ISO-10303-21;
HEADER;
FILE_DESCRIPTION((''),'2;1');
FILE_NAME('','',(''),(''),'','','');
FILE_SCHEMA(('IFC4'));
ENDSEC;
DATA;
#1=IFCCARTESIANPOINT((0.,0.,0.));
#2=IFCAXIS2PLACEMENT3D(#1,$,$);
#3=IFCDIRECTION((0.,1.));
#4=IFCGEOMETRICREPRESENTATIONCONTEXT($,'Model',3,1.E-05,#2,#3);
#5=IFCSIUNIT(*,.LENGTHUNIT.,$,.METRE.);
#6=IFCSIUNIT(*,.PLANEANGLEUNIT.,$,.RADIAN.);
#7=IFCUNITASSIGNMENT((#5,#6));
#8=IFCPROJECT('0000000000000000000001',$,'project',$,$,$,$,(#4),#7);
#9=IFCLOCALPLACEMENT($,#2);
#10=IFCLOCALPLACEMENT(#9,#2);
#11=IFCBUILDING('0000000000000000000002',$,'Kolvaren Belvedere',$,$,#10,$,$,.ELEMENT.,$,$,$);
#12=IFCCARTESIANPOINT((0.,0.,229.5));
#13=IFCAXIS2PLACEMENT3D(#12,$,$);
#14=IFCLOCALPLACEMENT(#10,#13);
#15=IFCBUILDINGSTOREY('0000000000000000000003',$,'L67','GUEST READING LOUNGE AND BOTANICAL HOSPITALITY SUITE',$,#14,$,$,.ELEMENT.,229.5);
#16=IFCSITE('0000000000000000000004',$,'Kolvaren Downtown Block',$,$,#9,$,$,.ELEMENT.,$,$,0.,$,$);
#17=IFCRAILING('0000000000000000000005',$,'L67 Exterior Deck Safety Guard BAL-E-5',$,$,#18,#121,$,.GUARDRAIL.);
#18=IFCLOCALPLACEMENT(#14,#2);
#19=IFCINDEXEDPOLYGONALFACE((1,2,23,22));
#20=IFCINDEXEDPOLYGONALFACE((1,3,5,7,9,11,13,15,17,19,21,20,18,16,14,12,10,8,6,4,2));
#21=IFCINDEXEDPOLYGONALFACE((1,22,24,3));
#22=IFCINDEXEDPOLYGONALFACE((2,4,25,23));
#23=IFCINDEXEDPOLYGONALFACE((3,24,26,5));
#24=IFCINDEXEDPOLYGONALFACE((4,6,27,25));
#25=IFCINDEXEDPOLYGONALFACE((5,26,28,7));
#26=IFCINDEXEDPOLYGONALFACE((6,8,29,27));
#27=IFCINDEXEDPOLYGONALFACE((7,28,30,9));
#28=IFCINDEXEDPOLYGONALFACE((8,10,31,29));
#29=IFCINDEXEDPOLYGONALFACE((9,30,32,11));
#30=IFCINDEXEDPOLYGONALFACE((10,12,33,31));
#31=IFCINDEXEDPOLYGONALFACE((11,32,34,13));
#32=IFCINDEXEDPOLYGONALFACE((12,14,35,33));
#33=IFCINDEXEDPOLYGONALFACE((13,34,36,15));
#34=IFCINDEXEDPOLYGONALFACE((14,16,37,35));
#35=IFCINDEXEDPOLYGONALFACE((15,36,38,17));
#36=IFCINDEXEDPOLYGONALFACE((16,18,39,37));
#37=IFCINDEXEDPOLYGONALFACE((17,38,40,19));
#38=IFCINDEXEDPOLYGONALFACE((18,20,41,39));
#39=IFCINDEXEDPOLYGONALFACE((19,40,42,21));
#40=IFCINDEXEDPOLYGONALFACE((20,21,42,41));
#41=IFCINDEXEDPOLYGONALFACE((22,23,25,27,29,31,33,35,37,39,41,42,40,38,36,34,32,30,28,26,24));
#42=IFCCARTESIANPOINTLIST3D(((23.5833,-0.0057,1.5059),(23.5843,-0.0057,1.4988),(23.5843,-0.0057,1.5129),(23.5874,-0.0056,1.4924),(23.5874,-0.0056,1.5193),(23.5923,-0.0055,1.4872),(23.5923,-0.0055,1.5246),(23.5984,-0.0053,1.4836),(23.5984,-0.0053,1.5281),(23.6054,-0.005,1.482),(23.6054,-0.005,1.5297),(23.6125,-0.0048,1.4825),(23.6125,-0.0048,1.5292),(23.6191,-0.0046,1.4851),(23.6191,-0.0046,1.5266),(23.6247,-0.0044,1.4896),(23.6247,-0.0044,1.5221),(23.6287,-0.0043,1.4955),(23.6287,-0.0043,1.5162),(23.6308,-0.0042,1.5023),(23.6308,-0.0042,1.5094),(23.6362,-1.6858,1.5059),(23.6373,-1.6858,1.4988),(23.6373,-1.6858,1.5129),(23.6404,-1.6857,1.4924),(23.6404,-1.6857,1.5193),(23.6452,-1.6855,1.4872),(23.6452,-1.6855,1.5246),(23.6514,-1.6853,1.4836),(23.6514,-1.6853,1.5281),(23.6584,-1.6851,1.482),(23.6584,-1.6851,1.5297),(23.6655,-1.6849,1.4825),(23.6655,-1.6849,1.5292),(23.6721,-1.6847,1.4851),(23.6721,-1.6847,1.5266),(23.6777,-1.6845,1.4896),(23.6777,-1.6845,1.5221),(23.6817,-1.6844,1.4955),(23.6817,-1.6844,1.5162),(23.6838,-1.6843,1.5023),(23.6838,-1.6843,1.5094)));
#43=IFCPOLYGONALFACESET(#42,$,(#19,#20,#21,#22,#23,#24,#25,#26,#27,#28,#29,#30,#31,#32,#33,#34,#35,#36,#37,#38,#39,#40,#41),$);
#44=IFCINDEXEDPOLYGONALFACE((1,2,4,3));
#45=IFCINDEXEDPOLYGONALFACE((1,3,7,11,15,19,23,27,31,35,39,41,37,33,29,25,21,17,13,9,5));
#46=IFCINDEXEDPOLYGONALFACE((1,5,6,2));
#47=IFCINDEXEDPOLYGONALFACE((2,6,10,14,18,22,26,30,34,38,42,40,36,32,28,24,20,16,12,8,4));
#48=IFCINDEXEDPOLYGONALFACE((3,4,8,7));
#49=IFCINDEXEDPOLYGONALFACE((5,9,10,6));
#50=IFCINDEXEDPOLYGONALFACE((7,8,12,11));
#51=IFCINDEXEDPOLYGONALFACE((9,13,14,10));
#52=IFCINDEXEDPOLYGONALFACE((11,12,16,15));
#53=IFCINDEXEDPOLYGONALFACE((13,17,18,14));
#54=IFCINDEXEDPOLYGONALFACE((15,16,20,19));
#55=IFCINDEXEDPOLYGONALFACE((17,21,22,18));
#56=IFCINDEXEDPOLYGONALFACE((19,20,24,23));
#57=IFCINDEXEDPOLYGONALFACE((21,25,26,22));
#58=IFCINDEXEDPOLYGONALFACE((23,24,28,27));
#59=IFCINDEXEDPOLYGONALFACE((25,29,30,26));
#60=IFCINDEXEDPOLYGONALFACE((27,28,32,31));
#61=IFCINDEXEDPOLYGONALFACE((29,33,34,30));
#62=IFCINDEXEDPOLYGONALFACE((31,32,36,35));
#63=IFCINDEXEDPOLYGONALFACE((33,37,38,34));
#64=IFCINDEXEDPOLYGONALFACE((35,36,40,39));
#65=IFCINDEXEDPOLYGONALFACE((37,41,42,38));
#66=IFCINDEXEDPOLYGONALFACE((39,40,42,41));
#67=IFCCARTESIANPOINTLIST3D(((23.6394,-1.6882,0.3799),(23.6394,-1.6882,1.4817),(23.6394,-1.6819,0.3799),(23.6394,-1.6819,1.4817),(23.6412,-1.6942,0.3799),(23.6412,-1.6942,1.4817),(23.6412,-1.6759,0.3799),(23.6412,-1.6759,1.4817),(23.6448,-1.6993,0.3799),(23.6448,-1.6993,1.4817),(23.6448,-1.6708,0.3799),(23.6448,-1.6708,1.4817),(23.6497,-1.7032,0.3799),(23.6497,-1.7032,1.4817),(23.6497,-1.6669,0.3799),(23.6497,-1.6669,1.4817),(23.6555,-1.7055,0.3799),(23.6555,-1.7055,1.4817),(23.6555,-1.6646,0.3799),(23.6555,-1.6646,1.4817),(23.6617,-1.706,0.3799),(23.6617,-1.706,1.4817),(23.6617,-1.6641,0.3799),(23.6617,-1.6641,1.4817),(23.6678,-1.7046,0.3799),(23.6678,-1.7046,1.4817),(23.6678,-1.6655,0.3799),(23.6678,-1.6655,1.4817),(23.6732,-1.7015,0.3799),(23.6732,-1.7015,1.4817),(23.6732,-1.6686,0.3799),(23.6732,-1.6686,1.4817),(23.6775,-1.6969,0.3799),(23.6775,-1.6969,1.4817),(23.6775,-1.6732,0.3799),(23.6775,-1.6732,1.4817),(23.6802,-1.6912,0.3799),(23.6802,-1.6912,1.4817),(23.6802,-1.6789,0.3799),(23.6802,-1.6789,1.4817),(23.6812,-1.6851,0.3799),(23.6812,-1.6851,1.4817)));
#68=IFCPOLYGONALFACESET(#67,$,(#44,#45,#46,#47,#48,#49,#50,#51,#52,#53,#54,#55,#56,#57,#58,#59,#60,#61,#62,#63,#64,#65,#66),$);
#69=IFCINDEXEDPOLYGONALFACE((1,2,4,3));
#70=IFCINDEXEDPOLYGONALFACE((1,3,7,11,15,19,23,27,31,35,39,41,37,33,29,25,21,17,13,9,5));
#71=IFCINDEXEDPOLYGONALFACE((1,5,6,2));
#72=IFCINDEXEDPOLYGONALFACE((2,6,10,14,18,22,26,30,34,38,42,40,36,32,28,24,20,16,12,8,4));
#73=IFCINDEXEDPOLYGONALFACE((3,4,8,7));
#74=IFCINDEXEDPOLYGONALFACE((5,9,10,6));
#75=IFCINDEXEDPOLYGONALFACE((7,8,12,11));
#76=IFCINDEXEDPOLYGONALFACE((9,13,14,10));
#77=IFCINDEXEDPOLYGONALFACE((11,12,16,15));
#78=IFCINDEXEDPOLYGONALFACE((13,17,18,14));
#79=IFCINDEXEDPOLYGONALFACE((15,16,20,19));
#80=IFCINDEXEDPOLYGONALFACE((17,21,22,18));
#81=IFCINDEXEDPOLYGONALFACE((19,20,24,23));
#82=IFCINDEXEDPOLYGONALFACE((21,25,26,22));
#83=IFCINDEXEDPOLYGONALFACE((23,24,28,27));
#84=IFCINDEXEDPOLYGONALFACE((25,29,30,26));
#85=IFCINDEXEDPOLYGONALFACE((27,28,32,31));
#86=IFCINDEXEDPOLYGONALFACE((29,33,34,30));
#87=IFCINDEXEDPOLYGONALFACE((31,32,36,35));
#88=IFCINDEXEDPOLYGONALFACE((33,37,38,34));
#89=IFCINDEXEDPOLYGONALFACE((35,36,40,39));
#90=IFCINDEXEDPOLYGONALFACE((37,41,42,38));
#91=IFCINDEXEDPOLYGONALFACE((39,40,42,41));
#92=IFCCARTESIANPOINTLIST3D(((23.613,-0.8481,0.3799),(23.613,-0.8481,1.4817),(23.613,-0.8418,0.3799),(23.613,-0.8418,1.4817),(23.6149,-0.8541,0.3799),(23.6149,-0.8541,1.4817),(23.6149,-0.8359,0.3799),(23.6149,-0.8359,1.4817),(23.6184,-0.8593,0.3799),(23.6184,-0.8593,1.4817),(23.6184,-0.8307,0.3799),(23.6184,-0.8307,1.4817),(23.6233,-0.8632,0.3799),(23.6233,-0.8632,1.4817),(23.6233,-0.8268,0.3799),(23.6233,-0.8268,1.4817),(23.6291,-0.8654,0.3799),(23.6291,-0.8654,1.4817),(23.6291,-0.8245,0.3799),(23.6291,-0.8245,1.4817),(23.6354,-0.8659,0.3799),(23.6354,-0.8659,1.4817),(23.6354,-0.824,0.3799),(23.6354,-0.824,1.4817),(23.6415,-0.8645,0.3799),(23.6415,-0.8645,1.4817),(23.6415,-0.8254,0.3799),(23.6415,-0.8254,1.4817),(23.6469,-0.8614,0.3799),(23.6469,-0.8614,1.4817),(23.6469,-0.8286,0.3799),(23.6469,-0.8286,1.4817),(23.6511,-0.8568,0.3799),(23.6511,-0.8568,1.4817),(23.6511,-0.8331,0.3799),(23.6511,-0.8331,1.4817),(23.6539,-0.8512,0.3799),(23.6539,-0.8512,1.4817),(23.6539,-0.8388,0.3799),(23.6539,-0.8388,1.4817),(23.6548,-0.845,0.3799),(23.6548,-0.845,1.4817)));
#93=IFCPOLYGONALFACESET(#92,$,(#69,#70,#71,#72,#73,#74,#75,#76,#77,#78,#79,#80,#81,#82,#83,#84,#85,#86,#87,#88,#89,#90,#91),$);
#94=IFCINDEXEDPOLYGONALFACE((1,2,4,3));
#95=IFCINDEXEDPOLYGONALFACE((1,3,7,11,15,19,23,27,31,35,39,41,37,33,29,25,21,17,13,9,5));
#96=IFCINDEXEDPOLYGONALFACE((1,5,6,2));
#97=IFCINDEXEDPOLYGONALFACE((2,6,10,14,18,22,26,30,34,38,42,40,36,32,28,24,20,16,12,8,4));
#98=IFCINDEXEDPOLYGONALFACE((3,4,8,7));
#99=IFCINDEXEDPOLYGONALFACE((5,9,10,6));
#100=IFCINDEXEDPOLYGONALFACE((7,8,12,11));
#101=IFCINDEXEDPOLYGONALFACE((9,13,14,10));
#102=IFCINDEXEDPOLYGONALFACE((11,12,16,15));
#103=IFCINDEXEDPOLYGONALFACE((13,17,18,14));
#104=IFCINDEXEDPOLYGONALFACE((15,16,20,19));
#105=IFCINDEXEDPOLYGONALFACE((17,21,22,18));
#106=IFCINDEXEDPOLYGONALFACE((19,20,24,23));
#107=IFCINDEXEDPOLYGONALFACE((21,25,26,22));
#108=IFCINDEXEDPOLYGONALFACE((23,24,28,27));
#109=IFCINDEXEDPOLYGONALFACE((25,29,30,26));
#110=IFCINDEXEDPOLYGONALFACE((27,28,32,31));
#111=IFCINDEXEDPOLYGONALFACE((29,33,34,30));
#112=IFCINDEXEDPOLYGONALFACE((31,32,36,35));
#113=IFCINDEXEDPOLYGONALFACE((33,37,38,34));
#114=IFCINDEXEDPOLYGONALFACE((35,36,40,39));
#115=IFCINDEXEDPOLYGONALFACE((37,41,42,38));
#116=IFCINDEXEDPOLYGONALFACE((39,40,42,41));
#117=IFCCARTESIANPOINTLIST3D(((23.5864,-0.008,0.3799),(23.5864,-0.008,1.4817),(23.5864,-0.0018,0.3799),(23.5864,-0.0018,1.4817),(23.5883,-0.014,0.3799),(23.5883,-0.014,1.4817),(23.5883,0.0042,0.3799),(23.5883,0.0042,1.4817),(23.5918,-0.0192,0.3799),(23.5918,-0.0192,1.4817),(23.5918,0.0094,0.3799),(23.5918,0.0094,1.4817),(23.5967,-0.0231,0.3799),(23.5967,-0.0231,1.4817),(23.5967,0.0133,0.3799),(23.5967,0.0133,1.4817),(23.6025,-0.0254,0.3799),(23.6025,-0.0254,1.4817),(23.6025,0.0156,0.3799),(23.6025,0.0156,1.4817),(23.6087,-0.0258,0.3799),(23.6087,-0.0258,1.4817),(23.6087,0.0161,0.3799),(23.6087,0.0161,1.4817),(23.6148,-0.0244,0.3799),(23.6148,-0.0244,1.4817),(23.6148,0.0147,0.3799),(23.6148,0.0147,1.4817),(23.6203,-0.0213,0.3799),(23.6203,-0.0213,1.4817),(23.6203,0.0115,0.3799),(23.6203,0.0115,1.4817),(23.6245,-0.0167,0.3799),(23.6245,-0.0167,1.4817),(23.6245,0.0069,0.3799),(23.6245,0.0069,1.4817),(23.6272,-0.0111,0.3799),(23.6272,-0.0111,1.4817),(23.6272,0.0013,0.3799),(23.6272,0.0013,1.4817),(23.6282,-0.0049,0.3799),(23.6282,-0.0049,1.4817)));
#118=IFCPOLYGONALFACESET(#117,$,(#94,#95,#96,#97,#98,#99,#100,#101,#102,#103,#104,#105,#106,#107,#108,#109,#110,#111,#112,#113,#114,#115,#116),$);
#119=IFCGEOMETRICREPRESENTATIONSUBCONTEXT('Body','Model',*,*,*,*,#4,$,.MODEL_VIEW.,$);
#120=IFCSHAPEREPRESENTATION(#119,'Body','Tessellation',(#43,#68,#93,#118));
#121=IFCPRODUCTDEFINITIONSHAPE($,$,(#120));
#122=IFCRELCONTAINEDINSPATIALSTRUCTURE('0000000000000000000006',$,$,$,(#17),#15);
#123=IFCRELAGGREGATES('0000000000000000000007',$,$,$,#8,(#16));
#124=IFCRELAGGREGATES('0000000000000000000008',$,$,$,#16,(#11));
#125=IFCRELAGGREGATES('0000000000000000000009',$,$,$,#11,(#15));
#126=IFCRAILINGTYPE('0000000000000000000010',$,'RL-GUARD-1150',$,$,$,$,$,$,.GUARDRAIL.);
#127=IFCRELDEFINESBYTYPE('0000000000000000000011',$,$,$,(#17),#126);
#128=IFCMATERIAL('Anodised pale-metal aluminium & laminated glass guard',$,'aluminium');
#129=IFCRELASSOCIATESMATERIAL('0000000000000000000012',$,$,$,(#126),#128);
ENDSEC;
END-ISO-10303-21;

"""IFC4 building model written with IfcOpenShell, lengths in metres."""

from ifc_helpers import new_model, si_unit, direction, frame, origin, origin_2d, place, context, subcontext, project, spatial, circle, extrude, material, type_object, element, save


model = new_model("IFC4")

# Units and contexts
model_context = context("Model", 3, precision=1e-05, world=origin(), true_north=direction((0.0, 1.0)))
body_context = subcontext(model_context, "Body", "Model", "MODEL_VIEW")
ifc_project = project(units=[si_unit("LENGTHUNIT", "METRE"), si_unit("PLANEANGLEUNIT", "RADIAN")], contexts=[model_context])

# Site, building, storey
site_placement = place(None, origin())
site = spatial("IfcSite", under=ifc_project, at=site_placement, Name="Kolvaren Downtown Block", CompositionType="ELEMENT", RefElevation=0.0)
building_placement = place(site_placement, origin())
building = spatial("IfcBuilding", under=site, at=building_placement, Name="Kolvaren Belvedere", CompositionType="ELEMENT")
storey_placement = place(building_placement, frame((0.0, 0.0, 229.5)))
storey = spatial("IfcBuildingStorey", under=building, at=storey_placement, Name="L67", Description="GUEST READING LOUNGE AND BOTANICAL HOSPITALITY SUITE", CompositionType="ELEMENT", Elevation=229.5)

# Railing
ifc_material_1 = material(Name="Anodised pale-metal aluminium & laminated glass guard", Category="aluminium")
railing_type = type_object("IfcRailingType", Name="RL-GUARD-1150", PredefinedType="GUARDRAIL", material=ifc_material_1)
railing_1_placement = place(storey_placement, frame((23.6602, -1.6851, 0.3799)))
element("IfcRailing", 1, at=railing_1_placement, inside=storey, type_object=railing_type, Name="L67 Exterior Deck Safety Guard BAL-E-5", PredefinedType="GUARDRAIL", context=body_context, shape_type="SweptSolid", body=[
    extrude(circle(Radius=0.0239, at=origin_2d()), frame((0.0, 0.0, 1.126), z_axis=(-0.031516, 0.999503, 0.0), x_axis=(-0.999503, -0.031516, 0.0)), (0.0, 0.0, 1.0), 1.6809),
    extrude(circle(Radius=0.021, at=origin_2d()), origin(), (0.0, 0.0, 1.0), 1.1018),
    extrude(circle(Radius=0.021, at=origin_2d()), frame((-0.0264, 0.8401, 0.0)), (0.0, 0.0, 1.0), 1.1018),
    extrude(circle(Radius=0.021, at=origin_2d()), frame((-0.053, 1.6802, 0.0)), (0.0, 0.0, 1.0), 1.1018),
])

save(model, "model.ifc")
